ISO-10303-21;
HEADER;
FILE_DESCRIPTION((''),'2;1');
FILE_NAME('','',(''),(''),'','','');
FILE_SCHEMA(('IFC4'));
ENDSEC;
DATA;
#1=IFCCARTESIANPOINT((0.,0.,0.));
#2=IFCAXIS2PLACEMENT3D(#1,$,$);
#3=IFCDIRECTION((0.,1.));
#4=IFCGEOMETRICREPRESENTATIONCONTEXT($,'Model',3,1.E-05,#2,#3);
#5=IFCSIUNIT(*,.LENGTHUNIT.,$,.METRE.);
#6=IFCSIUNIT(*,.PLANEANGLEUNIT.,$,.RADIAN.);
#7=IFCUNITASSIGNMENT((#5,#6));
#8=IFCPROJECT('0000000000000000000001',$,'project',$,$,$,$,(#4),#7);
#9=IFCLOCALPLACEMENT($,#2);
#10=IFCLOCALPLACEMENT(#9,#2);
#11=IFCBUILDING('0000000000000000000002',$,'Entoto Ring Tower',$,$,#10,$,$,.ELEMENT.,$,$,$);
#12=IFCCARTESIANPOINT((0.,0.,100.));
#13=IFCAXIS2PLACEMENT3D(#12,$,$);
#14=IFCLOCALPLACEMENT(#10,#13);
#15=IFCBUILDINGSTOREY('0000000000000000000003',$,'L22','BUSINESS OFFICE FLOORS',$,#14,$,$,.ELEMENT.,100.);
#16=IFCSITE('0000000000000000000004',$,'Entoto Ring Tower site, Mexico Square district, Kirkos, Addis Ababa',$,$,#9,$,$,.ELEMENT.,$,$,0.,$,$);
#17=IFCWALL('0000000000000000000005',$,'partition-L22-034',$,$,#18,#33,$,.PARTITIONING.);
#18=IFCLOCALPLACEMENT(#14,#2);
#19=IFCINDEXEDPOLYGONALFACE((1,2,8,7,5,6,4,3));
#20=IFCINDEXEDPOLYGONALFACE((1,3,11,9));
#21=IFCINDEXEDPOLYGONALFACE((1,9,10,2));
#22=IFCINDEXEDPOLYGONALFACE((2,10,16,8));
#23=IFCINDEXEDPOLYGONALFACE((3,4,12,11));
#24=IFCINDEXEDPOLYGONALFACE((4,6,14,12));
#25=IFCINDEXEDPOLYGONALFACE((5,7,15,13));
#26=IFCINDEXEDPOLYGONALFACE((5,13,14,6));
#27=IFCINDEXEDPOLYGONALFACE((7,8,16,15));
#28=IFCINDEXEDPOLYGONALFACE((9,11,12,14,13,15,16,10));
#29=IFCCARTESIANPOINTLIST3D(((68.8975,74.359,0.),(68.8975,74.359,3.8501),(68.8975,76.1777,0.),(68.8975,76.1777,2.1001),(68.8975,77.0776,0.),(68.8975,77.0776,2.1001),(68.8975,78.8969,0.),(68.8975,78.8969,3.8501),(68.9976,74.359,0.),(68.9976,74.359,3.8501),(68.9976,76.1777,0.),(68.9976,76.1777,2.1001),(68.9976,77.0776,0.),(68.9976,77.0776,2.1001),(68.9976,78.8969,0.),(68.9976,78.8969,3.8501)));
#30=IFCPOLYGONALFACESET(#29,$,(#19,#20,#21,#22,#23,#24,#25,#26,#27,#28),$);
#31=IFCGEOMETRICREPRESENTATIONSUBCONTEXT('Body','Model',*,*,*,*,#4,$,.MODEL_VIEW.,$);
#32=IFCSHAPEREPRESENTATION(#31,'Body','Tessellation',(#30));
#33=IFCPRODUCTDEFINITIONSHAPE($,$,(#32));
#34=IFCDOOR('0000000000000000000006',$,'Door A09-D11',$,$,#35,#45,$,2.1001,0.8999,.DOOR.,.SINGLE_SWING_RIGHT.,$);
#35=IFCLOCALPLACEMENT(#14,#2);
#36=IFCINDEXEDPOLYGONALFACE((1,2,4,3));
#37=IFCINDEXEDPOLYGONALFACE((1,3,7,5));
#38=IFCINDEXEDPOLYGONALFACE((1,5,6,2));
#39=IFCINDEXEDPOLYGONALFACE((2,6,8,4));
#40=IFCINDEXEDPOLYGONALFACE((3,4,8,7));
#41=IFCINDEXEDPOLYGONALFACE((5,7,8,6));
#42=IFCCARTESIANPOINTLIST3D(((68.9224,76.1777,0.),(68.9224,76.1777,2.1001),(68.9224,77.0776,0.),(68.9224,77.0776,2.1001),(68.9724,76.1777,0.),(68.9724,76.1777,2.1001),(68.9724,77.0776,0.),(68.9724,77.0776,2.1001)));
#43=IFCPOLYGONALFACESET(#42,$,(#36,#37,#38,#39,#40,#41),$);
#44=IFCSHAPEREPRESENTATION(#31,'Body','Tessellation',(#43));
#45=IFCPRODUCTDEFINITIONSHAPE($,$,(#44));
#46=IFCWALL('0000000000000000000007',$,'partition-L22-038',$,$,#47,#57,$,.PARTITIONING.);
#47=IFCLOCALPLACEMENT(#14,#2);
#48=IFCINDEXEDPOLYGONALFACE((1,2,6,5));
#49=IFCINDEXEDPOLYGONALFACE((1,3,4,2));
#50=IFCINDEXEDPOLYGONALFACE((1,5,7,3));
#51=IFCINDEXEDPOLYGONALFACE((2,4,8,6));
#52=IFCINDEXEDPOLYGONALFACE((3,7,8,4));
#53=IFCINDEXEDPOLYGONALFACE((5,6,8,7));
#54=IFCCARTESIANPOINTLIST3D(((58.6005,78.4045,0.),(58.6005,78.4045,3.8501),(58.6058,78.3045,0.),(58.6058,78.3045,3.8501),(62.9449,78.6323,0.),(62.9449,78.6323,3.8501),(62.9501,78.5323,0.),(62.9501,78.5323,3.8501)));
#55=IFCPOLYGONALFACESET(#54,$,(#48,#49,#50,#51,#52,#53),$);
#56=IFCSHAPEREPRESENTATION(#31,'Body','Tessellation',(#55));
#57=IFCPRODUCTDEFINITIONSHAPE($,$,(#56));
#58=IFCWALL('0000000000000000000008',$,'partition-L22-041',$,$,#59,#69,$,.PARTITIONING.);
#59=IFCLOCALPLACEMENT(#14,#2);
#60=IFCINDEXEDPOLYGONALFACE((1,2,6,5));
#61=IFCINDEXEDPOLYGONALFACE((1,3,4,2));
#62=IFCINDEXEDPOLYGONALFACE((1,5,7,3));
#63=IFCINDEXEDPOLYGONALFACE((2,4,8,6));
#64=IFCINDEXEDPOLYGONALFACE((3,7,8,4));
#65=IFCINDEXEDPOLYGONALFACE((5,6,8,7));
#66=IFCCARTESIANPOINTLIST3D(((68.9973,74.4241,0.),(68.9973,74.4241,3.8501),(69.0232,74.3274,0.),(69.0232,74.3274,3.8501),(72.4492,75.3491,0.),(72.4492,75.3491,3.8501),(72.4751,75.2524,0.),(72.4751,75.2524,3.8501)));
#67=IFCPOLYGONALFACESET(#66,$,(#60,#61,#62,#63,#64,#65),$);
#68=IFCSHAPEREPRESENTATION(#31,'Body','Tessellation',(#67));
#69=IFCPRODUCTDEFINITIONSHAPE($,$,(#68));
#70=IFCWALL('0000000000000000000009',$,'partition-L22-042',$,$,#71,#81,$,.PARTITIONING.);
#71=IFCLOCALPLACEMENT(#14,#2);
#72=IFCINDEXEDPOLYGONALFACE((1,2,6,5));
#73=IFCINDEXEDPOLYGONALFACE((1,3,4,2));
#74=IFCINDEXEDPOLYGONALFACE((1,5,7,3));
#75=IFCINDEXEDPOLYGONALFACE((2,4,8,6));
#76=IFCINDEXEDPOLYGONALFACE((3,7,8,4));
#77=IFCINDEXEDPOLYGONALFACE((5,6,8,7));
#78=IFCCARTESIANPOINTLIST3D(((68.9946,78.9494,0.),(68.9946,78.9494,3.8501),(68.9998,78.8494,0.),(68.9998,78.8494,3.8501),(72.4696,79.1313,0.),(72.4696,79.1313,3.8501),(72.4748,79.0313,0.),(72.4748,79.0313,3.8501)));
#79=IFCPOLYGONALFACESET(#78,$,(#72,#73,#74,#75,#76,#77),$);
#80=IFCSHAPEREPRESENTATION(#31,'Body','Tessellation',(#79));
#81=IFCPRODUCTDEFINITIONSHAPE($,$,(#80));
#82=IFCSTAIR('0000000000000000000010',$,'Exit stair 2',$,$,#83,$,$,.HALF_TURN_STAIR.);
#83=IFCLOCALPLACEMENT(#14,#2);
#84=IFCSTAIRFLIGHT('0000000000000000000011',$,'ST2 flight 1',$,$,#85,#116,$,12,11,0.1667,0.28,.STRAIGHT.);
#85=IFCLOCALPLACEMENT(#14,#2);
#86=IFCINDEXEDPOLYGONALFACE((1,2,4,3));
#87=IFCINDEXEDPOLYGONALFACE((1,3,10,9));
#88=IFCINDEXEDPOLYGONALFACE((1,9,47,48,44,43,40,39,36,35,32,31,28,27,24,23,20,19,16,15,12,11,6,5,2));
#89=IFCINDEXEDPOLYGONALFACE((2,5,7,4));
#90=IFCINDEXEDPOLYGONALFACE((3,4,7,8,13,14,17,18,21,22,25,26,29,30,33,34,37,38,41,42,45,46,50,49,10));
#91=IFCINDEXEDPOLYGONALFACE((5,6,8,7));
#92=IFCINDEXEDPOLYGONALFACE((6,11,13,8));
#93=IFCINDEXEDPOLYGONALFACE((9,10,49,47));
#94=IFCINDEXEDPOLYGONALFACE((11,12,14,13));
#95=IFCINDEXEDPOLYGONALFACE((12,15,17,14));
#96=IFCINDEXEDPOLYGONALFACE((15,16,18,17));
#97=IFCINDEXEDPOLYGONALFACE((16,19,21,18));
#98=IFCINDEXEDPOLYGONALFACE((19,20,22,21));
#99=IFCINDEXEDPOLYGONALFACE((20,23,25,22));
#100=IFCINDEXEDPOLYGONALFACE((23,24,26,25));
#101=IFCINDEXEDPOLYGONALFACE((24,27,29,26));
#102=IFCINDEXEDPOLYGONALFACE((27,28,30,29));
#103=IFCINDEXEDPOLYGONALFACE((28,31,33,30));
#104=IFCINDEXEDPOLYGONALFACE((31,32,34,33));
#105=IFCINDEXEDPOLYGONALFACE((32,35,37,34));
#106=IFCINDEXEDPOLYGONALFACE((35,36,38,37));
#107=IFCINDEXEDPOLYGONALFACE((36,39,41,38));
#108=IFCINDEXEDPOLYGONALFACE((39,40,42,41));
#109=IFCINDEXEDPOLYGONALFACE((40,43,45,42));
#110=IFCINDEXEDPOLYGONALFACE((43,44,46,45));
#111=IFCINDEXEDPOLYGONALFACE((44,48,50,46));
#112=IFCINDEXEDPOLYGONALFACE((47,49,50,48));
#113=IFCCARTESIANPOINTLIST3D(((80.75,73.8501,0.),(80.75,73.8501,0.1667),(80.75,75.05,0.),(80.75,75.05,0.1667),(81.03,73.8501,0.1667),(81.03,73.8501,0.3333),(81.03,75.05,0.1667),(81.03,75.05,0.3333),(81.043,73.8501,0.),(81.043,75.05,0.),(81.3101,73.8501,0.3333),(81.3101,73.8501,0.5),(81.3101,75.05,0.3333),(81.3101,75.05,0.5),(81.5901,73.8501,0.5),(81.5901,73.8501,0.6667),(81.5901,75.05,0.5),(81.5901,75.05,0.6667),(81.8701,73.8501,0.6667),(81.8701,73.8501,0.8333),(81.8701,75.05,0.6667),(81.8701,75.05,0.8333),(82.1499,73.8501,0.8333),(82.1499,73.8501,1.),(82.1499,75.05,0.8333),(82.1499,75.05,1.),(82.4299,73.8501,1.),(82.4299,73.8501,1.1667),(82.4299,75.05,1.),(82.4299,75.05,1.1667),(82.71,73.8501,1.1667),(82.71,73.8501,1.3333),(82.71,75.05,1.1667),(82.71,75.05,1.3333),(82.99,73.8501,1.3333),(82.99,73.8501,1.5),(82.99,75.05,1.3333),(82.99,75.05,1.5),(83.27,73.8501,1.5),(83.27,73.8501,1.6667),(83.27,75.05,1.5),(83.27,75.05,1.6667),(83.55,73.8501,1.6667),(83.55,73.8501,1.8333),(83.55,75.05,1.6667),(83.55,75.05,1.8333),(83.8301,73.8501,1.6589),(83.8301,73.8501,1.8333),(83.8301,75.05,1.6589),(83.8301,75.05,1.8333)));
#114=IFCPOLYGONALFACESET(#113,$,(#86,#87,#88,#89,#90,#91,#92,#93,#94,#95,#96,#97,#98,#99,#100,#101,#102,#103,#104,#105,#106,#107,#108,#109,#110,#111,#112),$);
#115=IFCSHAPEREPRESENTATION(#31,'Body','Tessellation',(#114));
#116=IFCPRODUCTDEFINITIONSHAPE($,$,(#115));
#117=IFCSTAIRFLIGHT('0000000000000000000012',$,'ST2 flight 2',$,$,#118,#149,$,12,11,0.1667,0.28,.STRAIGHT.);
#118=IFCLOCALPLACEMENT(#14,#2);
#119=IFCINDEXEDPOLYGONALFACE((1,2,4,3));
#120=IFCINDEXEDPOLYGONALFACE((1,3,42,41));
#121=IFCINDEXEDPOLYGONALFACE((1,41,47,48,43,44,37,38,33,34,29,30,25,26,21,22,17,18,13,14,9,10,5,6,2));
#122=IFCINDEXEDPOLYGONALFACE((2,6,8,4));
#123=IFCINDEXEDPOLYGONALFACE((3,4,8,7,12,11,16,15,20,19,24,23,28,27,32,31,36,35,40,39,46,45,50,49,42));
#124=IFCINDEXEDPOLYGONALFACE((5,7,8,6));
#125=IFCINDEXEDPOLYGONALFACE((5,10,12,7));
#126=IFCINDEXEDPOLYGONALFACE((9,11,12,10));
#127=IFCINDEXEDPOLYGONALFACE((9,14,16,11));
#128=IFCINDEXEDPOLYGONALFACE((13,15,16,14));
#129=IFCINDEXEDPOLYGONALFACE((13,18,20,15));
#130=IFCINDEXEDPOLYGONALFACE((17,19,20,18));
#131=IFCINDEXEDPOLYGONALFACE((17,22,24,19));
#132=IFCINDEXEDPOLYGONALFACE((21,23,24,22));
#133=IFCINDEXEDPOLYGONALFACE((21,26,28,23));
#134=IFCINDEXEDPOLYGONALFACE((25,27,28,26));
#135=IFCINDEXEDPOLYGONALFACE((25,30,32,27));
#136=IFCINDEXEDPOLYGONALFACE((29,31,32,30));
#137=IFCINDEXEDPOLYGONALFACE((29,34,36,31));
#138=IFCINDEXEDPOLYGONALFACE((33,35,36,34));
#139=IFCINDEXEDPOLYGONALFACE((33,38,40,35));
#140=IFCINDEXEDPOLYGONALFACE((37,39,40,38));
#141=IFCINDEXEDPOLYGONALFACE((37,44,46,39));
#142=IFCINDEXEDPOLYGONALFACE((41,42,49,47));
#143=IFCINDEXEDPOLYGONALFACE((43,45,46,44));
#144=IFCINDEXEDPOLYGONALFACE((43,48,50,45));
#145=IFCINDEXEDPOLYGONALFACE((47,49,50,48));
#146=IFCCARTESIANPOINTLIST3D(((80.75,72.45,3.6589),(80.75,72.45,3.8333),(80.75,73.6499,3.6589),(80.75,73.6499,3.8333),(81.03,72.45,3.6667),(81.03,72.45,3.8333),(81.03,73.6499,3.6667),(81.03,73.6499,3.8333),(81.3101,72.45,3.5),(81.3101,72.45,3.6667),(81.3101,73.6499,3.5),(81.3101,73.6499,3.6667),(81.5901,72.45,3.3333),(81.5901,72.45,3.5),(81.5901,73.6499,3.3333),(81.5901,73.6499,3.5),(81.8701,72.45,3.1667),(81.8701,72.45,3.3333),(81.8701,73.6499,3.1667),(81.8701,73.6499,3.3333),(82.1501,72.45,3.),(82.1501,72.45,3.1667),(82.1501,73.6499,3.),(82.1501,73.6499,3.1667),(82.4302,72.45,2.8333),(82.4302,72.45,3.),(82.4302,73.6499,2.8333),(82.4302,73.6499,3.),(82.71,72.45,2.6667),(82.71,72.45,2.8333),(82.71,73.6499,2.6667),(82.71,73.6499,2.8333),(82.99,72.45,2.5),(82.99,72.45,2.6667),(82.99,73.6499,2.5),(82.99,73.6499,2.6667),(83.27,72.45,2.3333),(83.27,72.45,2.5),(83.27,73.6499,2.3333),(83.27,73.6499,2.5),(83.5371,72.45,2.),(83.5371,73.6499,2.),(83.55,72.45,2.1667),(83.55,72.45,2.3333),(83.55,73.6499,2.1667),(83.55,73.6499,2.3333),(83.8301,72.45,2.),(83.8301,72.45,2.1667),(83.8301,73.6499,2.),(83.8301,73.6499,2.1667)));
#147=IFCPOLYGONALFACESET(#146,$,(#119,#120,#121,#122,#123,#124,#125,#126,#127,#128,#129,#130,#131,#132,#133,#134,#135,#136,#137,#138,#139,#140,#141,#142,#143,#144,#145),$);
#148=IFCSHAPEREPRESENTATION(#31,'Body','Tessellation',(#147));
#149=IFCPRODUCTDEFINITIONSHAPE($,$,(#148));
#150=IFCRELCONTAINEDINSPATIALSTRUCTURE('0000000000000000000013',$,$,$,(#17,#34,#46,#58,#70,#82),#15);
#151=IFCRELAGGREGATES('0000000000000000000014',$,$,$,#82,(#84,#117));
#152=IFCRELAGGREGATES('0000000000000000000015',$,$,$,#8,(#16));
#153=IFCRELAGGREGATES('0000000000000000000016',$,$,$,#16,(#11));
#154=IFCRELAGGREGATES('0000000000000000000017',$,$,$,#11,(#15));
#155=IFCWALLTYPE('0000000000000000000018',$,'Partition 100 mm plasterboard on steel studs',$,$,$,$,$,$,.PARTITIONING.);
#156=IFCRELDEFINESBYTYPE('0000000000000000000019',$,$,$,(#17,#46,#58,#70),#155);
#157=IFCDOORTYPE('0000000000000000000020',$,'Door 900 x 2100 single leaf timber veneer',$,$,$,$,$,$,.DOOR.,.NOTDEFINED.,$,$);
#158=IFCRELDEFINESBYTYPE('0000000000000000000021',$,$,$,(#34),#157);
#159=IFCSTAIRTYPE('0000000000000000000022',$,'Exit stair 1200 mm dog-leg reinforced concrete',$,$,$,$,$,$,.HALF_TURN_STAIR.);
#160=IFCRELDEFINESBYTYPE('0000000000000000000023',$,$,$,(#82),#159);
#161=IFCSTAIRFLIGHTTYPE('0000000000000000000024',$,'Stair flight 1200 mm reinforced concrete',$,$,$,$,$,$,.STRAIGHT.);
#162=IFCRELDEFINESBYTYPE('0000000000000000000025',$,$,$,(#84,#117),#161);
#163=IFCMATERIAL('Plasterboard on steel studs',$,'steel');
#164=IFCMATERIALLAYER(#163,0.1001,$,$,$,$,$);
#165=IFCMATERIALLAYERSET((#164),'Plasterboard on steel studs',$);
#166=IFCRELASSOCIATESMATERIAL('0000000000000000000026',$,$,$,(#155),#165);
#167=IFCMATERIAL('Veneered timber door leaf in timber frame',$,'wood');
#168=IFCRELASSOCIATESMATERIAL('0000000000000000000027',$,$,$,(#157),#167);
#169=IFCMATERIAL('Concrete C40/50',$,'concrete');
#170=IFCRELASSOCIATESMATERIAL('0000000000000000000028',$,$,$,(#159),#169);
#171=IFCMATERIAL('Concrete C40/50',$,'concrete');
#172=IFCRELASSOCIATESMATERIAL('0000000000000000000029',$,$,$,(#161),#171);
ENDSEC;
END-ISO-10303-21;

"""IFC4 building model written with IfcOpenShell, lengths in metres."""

from ifc_helpers import new_model, si_unit, direction, frame, frame_2d, origin, place, context, subcontext, project, spatial, polyline, rectangle, outline, extrude, material, layer, layer_set, type_object, element, fill, aggregate, save


model = new_model("IFC4")

# Units and contexts
model_context = context("Model", 3, precision=1e-05, world=origin(), true_north=direction((0.0, 1.0)))
body_context = subcontext(model_context, "Body", "Model", "MODEL_VIEW")
ifc_project = project(units=[si_unit("LENGTHUNIT", "METRE"), si_unit("PLANEANGLEUNIT", "RADIAN")], contexts=[model_context])

# Site, building, storey
site_placement = place(None, origin())
site = spatial("IfcSite", under=ifc_project, at=site_placement, Name="Entoto Ring Tower site, Mexico Square district, Kirkos, Addis Ababa", CompositionType="ELEMENT", RefElevation=0.0)
building_placement = place(site_placement, origin())
building = spatial("IfcBuilding", under=site, at=building_placement, Name="Entoto Ring Tower", CompositionType="ELEMENT")
storey_placement = place(building_placement, frame((0.0, 0.0, 100.0)))
storey = spatial("IfcBuildingStorey", under=building, at=storey_placement, Name="L22", Description="BUSINESS OFFICE FLOORS", CompositionType="ELEMENT", Elevation=100.0)

# Shared definitions
ifc_material_1 = material(Name="Plasterboard on steel studs", Category="steel")
ifc_layer_1 = layer(ifc_material_1, 0.1001)
ifc_layer_set_1 = layer_set([ifc_layer_1], Name="Plasterboard on steel studs")
wall_type_1 = type_object("IfcWallType", Name="Partition 100 mm plasterboard on steel studs", PredefinedType="PARTITIONING", material=ifc_layer_set_1)
ifc_material_2 = material(Name="Veneered timber door leaf in timber frame", Category="wood")
door_type_1 = type_object("IfcDoorType", Name="Door 900 x 2100 single leaf timber veneer", OperationType="NOTDEFINED", PredefinedType="DOOR", material=ifc_material_2)

# Wall, opening, door
wall_1_placement = place(storey_placement, frame((68.9475, 74.3589, 0.0), z_axis=(0.0, 0.0, 1.0), x_axis=(0.0, 1.0, 0.0)))
wall_1 = element("IfcWall", 1, at=wall_1_placement, inside=storey, type_object=wall_type_1, Name="partition-L22-034", PredefinedType="PARTITIONING", context=body_context, shape_type="SweptSolid", body=[
    extrude(rectangle(XDim=4.5378, YDim=0.1001, at=frame_2d((2.269, 0.0))), origin(), (0.0, 0.0, 1.0), 3.8501),
])
opening_1_placement = place(wall_1_placement, frame((1.8188, 0.0, 0.0)))
opening_1 = element("IfcOpeningElement", 2, at=opening_1_placement, cuts=wall_1, PredefinedType="OPENING", context=body_context, shape_type="SweptSolid", body=[
    extrude(rectangle(XDim=0.8999, YDim=2.1001, at=frame_2d((0.45, 1.05))), frame((0.0, 0.0601, 0.0), z_axis=(0.0, -1.0, 0.0), x_axis=(1.0, 0.0, 0.0)), (0.0, 0.0, 1.0), 0.1201),
])
door_1_placement = place(opening_1_placement, frame((0.8999, 0.0, 0.0), z_axis=(0.0, 0.0, 1.0), x_axis=(-1.0, 0.0, 0.0)))
door_1 = element("IfcDoor", 3, at=door_1_placement, inside=storey, type_object=door_type_1, Name="Door A09-D11", OperationType="SINGLE_SWING_RIGHT", OverallHeight=2.1001, OverallWidth=0.8999, PredefinedType="DOOR", context=body_context, shape_type="SweptSolid", body=[
    extrude(rectangle(XDim=0.8999, YDim=2.1001, at=frame_2d((0.45, 1.05))), frame((0.0, 0.0249, 0.0), z_axis=(0.0, -1.0, 0.0), x_axis=(1.0, 0.0, 0.0)), (0.0, 0.0, 1.0), 0.05),
])
fill(opening_1, door_1)

# Walls
wall_2_placement = place(storey_placement, frame((58.603, 78.3545, 0.0), z_axis=(0.0, 0.0, 1.0), x_axis=(0.998628, 0.052359, 0.0)))
element("IfcWall", 4, at=wall_2_placement, inside=storey, type_object=wall_type_1, Name="partition-L22-038", PredefinedType="PARTITIONING", context=body_context, shape_type="SweptSolid", body=[
    extrude(rectangle(XDim=4.3503, YDim=0.1001, at=frame_2d((2.1753, 0.0))), origin(), (0.0, 0.0, 1.0), 3.8501),
])
wall_3_placement = place(storey_placement, frame((69.0103, 74.3757, 0.0), z_axis=(0.0, 0.0, 1.0), x_axis=(0.965918, 0.258849, 0.0)))
element("IfcWall", 5, at=wall_3_placement, inside=storey, type_object=wall_type_1, Name="partition-L22-041", PredefinedType="PARTITIONING", context=body_context, shape_type="SweptSolid", body=[
    extrude(rectangle(XDim=3.5737, YDim=0.1001, at=frame_2d((1.7869, 0.0))), origin(), (0.0, 0.0, 1.0), 3.8501),
])
wall_4_placement = place(storey_placement, frame((68.9973, 78.8994, 0.0), z_axis=(0.0, 0.0, 1.0), x_axis=(0.998633, 0.052268, 0.0)))
element("IfcWall", 6, at=wall_4_placement, inside=storey, type_object=wall_type_1, Name="partition-L22-042", PredefinedType="PARTITIONING", context=body_context, shape_type="SweptSolid", body=[
    extrude(rectangle(XDim=3.4797, YDim=0.1001, at=frame_2d((1.7397, 0.0))), origin(), (0.0, 0.0, 1.0), 3.8501),
])

# Stair, stair flights
ifc_material_3 = material(Name="Concrete C40/50", Category="concrete")
stair_type = type_object("IfcStairType", Name="Exit stair 1200 mm dog-leg reinforced concrete", PredefinedType="HALF_TURN_STAIR", material=ifc_material_3)
stair_placement = place(storey_placement, origin())
stair = element("IfcStair", 7, at=stair_placement, inside=storey, type_object=stair_type, Name="Exit stair 2", PredefinedType="HALF_TURN_STAIR")
ifc_material_4 = material(Name="Concrete C40/50", Category="concrete")
stair_flight_type = type_object("IfcStairFlightType", Name="Stair flight 1200 mm reinforced concrete", PredefinedType="STRAIGHT", material=ifc_material_4)
stair_flight_1_placement = place(storey_placement, frame((80.75, 74.45, 0.0), z_axis=(0.0, 0.0, 1.0), x_axis=(1.0, 0.0, 0.0)))
stair_flight_1 = element("IfcStairFlight", 8, at=stair_flight_1_placement, type_object=stair_flight_type, Name="ST2 flight 1", NumberOfRisers=12, NumberOfTreads=11, PredefinedType="STRAIGHT", RiserHeight=0.1667, TreadLength=0.28, context=body_context, shape_type="SweptSolid", body=[
    extrude(outline(polyline([(0.0, 0.0), (0.0, 0.1667), (0.28, 0.1667), (0.28, 0.3333), (0.5601, 0.3333), (0.5601, 0.5), (0.8401, 0.5), (0.8401, 0.6667), (1.1201, 0.6667), (1.1201, 0.8333), (1.3999, 0.8333), (1.3999, 1.0), (1.6799, 1.0), (1.6799, 1.1667), (1.96, 1.1667), (1.96, 1.3333), (2.24, 1.3333), (2.24, 1.5), (2.52, 1.5), (2.52, 1.6667), (2.8, 1.6667), (2.8, 1.8333), (3.0801, 1.8333), (3.0801, 2.0), (3.0801, 1.6589), (0.293, 0.0), (0.0, 0.0)])), frame((0.0, 0.6001, 0.0), z_axis=(0.0, -1.0, 0.0), x_axis=(1.0, 0.0, 0.0)), (0.0, 0.0, 1.0), 1.2),
])
stair_flight_2_placement = place(storey_placement, frame((83.8301, 73.05, 2.0), z_axis=(0.0, 0.0, 1.0), x_axis=(-1.0, 0.0, 0.0)))
stair_flight_2 = element("IfcStairFlight", 9, at=stair_flight_2_placement, type_object=stair_flight_type, Name="ST2 flight 2", NumberOfRisers=12, NumberOfTreads=11, PredefinedType="STRAIGHT", RiserHeight=0.1667, TreadLength=0.28, context=body_context, shape_type="SweptSolid", body=[
    extrude(outline(polyline([(0.0, 0.0), (0.0, 0.1667), (0.28, 0.1667), (0.28, 0.3333), (0.5601, 0.3333), (0.5601, 0.5), (0.8401, 0.5), (0.8401, 0.6667), (1.1201, 0.6667), (1.1201, 0.8333), (1.3999, 0.8333), (1.3999, 1.0), (1.6799, 1.0), (1.6799, 1.1667), (1.96, 1.1667), (1.96, 1.3333), (2.24, 1.3333), (2.24, 1.5), (2.52, 1.5), (2.52, 1.6667), (2.8, 1.6667), (2.8, 1.8333), (3.0801, 1.8333), (3.0801, 2.0), (3.0801, 1.6589), (0.293, 0.0), (0.0, 0.0)])), frame((0.0, 0.6001, 0.0), z_axis=(0.0, -1.0, 0.0), x_axis=(1.0, 0.0, 0.0)), (0.0, 0.0, 1.0), 1.2),
])
aggregate(stair, [stair_flight_1, stair_flight_2])

save(model, "model.ifc")
